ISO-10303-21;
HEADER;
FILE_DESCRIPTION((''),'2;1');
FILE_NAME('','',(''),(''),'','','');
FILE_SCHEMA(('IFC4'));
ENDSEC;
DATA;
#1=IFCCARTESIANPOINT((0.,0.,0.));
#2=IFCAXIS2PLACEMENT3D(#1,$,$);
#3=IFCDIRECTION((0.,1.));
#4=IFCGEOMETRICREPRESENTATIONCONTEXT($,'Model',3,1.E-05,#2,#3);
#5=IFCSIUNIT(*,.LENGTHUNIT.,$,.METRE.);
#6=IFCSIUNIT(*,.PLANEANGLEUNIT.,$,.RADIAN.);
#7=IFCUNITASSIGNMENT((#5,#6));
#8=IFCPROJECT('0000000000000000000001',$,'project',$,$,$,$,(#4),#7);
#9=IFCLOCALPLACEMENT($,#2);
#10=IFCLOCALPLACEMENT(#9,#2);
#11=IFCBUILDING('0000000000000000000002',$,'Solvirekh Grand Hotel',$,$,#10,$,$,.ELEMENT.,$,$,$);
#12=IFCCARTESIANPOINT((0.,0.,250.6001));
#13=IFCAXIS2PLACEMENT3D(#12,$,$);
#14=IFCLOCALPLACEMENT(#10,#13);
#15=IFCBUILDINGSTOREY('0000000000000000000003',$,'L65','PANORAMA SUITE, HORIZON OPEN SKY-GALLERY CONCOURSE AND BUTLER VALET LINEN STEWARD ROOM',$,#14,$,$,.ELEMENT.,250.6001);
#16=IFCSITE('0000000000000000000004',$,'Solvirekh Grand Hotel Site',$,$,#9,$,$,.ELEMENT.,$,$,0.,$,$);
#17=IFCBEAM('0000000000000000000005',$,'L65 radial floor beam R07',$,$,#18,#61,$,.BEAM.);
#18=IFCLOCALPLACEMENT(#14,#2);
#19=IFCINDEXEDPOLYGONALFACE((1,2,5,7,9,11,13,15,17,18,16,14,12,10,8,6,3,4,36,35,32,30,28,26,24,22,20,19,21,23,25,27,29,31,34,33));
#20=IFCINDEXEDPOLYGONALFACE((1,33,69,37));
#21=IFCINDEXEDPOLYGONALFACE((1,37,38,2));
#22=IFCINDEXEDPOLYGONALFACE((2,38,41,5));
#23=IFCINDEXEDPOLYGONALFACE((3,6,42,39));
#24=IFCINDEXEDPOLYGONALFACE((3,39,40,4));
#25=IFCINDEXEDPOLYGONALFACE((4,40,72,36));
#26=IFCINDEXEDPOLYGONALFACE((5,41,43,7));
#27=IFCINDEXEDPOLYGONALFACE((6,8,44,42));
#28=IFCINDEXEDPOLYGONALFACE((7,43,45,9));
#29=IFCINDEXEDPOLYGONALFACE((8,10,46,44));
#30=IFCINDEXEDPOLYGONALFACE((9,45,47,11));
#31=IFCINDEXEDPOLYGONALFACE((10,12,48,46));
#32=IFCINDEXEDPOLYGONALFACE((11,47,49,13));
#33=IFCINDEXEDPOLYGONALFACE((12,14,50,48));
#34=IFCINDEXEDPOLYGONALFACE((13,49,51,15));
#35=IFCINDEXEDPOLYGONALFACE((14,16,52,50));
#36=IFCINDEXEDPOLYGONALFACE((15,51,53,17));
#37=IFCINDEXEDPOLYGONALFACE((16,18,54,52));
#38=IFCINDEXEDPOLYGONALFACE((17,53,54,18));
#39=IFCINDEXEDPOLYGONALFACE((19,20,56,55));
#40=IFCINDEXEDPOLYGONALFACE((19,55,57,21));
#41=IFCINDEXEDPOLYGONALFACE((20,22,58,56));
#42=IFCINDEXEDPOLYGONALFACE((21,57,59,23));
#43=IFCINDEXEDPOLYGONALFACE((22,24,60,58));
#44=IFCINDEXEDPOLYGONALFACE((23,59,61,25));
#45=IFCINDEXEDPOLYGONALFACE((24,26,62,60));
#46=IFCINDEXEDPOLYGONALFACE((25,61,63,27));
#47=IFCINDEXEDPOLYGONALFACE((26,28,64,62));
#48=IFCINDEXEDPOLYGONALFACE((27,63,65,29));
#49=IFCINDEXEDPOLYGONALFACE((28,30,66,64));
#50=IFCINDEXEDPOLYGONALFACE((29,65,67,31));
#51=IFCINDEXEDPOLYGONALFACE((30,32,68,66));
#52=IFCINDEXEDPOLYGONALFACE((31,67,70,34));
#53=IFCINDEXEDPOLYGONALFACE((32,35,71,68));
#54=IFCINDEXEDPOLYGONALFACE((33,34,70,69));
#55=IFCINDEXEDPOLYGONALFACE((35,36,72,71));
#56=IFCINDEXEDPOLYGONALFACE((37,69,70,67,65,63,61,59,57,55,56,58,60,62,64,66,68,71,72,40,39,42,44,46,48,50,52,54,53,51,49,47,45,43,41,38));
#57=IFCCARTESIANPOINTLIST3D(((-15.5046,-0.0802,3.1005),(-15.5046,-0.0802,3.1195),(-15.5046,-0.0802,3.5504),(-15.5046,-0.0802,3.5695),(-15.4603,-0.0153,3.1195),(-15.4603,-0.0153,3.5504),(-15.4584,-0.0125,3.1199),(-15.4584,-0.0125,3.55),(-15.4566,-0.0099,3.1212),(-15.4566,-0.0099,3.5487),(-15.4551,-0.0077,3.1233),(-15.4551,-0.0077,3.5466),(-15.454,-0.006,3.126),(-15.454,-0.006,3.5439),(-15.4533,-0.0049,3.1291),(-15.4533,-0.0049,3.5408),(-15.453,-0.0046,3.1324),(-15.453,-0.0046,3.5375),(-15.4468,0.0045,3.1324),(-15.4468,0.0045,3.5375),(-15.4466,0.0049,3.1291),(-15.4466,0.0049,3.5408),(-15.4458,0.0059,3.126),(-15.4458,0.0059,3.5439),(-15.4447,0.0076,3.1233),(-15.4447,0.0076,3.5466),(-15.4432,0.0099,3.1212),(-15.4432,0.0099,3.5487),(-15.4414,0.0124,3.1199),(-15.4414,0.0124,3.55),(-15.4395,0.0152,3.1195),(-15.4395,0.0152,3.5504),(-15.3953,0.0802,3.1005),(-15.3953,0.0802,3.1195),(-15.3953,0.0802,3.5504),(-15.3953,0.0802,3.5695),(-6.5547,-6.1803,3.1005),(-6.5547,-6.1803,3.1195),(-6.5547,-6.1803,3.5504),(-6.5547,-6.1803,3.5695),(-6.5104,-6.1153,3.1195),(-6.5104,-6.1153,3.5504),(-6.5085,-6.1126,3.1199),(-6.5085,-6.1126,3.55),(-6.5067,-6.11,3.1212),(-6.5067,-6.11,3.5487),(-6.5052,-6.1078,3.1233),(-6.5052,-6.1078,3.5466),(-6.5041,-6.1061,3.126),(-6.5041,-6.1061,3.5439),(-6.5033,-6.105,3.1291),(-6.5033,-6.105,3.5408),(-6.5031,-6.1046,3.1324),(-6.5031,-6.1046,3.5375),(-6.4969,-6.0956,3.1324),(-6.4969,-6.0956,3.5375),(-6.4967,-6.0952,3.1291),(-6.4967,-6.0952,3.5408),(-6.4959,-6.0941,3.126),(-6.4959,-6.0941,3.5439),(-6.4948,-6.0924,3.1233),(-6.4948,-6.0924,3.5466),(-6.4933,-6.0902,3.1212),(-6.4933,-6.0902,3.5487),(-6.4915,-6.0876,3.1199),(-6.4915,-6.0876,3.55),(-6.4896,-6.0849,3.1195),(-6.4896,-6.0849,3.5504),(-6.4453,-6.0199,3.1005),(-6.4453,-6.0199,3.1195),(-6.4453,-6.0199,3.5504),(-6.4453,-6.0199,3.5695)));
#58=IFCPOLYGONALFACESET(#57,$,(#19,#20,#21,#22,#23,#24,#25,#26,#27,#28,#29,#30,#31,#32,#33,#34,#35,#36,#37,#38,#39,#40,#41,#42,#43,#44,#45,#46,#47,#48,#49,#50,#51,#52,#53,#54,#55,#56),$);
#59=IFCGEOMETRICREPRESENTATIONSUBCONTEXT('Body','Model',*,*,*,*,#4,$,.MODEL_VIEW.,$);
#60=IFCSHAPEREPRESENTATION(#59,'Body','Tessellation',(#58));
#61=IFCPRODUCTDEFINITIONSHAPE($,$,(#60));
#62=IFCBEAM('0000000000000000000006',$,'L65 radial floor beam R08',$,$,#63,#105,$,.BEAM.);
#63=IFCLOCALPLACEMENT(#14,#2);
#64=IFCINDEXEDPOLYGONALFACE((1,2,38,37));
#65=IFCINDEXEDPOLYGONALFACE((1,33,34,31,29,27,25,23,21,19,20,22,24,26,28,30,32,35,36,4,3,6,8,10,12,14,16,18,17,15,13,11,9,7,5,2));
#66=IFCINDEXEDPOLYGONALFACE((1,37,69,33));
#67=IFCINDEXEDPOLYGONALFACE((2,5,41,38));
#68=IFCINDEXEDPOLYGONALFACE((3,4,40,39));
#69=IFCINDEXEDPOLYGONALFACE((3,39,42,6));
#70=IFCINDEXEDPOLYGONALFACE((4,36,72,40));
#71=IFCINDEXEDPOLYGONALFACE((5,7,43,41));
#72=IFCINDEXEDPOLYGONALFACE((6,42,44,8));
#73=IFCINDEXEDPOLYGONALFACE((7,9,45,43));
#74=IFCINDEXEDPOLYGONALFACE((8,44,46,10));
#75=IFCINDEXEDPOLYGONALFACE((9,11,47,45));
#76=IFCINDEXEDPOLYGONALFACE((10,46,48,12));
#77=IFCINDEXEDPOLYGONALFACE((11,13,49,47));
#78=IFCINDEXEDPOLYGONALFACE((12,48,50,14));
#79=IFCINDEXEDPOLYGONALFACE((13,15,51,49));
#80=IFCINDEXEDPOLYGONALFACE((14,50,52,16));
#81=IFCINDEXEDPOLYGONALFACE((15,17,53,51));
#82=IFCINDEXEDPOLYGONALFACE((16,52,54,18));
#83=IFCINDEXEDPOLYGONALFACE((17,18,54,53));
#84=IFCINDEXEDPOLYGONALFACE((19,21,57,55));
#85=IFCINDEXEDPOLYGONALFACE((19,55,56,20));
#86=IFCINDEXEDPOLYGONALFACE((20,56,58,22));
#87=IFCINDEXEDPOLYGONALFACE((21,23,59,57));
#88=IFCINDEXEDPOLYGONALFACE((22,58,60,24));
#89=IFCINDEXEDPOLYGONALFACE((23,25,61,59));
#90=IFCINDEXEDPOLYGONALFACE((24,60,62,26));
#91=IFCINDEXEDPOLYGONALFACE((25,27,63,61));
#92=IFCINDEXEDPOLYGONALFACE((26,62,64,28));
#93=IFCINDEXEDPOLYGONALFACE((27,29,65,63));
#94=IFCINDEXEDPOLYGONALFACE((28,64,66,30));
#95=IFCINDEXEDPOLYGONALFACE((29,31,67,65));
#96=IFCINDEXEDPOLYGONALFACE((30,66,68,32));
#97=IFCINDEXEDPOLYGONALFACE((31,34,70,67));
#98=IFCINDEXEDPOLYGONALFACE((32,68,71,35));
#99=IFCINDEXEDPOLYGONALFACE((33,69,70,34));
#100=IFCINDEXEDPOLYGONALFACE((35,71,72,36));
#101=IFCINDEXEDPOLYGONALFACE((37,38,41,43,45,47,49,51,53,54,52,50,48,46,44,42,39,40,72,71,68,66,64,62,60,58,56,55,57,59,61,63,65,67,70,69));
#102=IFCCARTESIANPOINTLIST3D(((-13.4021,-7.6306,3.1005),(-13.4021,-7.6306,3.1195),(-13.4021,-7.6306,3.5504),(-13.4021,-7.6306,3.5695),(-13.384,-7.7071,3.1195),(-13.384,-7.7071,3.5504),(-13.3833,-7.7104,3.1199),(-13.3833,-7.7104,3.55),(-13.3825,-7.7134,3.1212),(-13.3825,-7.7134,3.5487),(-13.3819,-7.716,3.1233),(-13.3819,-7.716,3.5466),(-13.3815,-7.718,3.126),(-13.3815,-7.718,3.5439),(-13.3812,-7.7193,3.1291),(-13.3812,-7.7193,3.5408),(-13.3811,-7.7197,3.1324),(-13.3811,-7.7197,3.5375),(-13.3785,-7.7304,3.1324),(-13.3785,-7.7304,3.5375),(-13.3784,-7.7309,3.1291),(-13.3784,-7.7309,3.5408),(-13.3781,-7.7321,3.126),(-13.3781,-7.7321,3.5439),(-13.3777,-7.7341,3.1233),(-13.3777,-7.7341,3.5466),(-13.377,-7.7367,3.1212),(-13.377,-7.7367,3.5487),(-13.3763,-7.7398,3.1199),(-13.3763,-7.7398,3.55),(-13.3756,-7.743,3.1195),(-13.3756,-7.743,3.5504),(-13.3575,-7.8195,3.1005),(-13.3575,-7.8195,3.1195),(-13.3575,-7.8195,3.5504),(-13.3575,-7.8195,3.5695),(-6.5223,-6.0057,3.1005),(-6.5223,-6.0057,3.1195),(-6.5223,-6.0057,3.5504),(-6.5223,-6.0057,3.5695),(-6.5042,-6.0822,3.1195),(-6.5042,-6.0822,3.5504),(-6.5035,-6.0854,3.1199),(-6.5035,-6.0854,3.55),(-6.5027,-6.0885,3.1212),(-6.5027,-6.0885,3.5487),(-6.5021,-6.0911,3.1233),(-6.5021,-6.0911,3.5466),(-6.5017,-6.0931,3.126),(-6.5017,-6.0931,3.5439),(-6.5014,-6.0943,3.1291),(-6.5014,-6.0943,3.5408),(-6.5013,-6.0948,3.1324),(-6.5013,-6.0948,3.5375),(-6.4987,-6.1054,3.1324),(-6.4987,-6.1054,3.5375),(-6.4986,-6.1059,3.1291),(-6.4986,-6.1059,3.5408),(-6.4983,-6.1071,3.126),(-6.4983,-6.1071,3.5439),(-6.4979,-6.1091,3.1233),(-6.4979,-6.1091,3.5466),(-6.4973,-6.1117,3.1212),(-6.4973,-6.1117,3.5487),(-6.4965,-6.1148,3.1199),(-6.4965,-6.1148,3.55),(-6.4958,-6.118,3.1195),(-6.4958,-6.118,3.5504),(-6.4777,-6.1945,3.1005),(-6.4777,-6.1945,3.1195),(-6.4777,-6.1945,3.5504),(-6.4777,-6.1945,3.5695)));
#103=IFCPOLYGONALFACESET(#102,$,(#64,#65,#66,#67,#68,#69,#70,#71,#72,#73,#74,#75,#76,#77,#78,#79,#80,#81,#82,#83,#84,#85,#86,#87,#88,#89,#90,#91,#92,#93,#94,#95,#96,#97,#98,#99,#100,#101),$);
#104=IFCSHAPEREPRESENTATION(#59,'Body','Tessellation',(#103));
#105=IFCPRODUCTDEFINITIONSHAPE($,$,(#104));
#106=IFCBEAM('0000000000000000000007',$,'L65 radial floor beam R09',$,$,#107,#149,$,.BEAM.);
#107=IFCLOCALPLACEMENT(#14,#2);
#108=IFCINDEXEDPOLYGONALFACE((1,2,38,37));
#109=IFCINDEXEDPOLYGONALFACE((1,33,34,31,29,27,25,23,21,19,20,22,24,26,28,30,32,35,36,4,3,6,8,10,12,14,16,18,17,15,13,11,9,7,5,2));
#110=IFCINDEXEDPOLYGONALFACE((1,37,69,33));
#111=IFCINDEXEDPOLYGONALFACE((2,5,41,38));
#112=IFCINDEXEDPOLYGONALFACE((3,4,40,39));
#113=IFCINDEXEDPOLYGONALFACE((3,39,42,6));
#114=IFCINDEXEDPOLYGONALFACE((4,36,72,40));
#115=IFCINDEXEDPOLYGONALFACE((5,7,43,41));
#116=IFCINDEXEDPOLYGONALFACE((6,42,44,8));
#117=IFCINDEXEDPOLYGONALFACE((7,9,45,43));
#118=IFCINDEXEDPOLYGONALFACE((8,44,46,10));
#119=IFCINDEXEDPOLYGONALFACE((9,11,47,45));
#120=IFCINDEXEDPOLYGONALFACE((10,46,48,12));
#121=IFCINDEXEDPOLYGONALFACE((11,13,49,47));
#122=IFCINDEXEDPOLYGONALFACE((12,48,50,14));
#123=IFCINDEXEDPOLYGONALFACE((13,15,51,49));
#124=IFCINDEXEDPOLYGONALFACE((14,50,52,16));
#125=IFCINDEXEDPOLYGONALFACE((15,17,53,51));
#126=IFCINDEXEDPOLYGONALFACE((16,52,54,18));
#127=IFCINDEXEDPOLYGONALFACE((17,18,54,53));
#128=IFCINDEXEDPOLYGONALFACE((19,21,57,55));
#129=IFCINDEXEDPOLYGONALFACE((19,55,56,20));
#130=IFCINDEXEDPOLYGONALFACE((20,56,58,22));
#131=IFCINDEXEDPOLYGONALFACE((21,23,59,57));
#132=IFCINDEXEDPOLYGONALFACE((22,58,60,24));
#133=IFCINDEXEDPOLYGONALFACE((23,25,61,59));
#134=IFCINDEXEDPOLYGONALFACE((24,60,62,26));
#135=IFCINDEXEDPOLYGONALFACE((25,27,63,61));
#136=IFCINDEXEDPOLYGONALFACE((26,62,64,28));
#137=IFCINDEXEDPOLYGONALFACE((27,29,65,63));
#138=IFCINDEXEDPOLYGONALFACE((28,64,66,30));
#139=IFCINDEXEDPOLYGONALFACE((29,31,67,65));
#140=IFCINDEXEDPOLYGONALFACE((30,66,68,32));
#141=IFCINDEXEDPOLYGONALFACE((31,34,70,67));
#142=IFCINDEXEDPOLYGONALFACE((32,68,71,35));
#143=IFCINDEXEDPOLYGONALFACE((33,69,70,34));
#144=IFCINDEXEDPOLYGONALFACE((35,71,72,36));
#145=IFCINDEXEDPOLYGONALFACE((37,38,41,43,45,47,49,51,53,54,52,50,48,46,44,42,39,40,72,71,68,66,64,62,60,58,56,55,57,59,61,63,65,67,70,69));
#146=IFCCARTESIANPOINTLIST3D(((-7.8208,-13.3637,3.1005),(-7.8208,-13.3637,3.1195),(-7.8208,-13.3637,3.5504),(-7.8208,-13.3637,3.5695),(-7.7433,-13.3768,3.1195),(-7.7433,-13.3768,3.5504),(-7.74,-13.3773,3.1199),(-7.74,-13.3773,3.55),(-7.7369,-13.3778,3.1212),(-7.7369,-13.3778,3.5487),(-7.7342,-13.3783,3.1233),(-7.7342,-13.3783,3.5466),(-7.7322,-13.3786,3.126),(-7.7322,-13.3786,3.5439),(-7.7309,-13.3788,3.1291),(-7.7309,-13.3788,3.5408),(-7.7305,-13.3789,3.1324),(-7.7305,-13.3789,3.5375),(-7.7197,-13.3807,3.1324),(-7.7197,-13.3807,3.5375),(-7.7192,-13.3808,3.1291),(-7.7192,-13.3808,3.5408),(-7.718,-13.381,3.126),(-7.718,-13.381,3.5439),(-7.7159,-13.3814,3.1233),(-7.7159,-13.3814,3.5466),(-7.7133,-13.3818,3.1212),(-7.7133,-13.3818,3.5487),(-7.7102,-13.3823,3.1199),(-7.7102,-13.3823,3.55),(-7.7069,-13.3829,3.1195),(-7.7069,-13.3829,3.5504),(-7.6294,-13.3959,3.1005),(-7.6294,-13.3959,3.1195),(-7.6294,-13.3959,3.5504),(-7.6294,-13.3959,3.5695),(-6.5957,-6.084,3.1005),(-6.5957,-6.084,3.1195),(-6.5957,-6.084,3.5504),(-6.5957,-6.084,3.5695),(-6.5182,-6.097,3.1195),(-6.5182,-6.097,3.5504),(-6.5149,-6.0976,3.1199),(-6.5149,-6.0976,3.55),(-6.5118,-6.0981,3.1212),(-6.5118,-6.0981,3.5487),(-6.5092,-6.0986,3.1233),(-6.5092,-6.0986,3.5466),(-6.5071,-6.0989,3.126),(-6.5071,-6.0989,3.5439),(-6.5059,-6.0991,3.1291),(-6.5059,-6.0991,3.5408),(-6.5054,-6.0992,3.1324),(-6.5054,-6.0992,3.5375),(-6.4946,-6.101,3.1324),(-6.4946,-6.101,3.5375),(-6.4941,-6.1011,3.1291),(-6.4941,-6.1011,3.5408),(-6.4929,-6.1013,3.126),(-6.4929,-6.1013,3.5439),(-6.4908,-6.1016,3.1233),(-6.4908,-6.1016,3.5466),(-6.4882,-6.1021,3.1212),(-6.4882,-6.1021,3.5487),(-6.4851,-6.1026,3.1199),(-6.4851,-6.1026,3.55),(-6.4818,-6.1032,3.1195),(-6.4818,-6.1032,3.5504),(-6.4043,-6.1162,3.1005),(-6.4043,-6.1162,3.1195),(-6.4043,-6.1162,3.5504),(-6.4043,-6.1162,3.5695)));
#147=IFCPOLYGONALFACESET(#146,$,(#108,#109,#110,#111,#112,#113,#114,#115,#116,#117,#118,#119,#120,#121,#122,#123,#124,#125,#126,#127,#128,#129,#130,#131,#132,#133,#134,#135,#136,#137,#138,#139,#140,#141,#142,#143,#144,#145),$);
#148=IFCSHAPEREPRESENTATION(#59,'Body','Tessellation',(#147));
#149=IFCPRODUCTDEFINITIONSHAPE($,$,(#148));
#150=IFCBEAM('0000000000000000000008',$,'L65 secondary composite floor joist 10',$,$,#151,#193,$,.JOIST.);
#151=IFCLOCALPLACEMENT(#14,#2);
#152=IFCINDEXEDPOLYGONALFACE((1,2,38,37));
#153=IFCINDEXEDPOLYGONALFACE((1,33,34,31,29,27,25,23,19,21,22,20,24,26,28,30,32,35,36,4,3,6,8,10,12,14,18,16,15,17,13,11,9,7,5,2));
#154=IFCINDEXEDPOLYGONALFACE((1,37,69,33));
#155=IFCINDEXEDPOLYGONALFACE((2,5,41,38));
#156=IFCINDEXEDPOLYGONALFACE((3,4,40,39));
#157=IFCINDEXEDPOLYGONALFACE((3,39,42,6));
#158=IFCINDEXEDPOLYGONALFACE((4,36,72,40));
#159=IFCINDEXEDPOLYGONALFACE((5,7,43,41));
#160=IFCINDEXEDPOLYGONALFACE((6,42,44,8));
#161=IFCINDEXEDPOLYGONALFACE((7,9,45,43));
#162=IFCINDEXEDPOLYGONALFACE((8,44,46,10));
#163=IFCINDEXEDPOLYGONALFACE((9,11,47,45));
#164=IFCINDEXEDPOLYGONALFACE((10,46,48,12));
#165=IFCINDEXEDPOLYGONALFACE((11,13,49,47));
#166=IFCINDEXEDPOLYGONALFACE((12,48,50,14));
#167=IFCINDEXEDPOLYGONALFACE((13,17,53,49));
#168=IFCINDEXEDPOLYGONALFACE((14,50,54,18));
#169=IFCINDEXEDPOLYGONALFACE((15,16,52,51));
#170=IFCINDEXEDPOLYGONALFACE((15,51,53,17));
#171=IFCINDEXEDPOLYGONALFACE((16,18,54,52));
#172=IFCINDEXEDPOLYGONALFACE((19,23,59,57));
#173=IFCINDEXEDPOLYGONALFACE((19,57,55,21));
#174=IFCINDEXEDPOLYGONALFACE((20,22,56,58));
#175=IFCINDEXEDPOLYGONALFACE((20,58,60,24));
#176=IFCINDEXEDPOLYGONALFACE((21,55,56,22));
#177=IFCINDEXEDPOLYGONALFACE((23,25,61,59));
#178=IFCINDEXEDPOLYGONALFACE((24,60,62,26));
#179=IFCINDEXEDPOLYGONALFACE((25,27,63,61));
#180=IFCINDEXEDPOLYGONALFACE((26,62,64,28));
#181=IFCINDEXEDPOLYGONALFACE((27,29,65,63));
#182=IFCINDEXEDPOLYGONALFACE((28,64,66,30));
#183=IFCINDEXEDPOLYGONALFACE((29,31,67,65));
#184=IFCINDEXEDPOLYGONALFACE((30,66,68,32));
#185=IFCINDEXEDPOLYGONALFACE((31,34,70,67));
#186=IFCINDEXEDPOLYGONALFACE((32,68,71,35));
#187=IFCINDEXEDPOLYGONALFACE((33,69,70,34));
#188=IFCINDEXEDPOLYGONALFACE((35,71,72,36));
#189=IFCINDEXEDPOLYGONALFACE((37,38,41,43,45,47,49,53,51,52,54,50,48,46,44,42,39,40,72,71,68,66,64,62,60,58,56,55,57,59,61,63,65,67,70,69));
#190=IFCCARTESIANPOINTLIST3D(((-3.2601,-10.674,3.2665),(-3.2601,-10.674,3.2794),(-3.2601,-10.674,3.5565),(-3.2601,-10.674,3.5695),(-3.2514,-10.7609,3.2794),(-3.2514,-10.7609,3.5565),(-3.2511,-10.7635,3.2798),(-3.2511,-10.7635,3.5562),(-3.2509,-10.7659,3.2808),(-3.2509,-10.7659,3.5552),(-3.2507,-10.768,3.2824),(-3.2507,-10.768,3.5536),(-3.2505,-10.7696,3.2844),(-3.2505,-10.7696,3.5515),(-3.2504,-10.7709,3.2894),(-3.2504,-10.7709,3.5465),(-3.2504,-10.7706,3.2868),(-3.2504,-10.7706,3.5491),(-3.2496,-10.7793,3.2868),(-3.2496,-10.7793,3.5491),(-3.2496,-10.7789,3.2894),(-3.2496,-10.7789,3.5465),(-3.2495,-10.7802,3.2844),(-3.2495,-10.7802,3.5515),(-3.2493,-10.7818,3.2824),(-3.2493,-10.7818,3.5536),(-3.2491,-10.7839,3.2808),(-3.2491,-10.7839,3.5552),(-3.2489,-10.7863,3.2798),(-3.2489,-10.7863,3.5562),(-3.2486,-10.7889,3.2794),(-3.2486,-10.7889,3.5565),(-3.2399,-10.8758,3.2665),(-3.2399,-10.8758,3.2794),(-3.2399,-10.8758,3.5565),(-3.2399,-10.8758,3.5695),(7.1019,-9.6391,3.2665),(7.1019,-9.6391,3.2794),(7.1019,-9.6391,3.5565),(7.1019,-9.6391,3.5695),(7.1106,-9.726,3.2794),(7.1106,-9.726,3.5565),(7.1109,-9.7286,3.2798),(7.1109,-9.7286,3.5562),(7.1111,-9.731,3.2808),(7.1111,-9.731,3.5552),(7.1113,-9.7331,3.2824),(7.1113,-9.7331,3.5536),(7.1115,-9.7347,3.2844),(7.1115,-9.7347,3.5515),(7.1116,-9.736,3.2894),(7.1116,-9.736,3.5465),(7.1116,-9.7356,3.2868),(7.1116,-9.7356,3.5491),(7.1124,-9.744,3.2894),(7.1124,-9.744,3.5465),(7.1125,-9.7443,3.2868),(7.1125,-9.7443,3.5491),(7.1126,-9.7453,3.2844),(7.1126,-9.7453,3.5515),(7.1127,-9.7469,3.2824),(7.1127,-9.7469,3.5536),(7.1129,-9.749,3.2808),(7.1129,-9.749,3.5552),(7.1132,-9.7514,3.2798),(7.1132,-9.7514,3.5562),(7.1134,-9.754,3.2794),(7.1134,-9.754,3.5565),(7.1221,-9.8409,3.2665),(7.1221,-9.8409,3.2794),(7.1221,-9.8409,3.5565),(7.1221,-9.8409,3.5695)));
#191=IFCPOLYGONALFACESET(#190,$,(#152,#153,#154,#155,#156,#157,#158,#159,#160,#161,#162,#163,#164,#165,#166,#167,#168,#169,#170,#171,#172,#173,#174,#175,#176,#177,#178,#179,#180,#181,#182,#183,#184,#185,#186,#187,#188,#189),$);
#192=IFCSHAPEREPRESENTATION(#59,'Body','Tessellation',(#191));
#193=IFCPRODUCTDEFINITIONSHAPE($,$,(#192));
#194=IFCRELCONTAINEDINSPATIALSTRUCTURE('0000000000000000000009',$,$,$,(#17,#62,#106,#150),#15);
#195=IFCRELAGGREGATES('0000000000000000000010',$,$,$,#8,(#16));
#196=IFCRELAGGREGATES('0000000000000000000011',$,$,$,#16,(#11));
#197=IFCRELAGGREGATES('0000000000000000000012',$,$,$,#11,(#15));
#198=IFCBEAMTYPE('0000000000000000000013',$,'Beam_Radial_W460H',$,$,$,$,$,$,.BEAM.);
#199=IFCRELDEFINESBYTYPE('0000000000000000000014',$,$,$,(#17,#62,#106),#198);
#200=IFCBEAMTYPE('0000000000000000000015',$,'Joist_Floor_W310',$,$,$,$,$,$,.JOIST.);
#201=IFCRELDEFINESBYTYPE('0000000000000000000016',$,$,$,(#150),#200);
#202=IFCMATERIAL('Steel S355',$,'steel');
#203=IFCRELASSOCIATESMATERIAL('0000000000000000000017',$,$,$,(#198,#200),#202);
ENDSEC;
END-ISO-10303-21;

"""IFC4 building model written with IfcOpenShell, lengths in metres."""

from ifc_helpers import new_model, si_unit, direction, frame, origin, origin_2d, place, context, subcontext, project, spatial, i_section, extrude, material, material_profile, profile_set, type_object, element, save


model = new_model("IFC4")

# Units and contexts
model_context = context("Model", 3, precision=1e-05, world=origin(), true_north=direction((0.0, 1.0)))
body_context = subcontext(model_context, "Body", "Model", "MODEL_VIEW")
ifc_project = project(units=[si_unit("LENGTHUNIT", "METRE"), si_unit("PLANEANGLEUNIT", "RADIAN")], contexts=[model_context])

# Site, building, storey
site_placement = place(None, origin())
site = spatial("IfcSite", under=ifc_project, at=site_placement, Name="Solvirekh Grand Hotel Site", CompositionType="ELEMENT", RefElevation=0.0)
building_placement = place(site_placement, origin())
building = spatial("IfcBuilding", under=site, at=building_placement, Name="Solvirekh Grand Hotel", CompositionType="ELEMENT")
storey_placement = place(building_placement, frame((0.0, 0.0, 250.6001)))
storey = spatial("IfcBuildingStorey", under=building, at=storey_placement, Name="L65", Description="PANORAMA SUITE, HORIZON OPEN SKY-GALLERY CONCOURSE AND BUTLER VALET LINEN STEWARD ROOM", CompositionType="ELEMENT", Elevation=250.6001)

# Beams
ifc_material_1 = material(Name="Steel S355", Category="steel")
ifc_material_profile_1 = material_profile(ifc_material_1, i_section(OverallWidth=0.1941, OverallDepth=0.469, WebThickness=0.011, FlangeThickness=0.019, FilletRadius=0.0129, at=origin_2d()), Name="W460X106")
ifc_profile_set_1 = profile_set([ifc_material_profile_1], Name="Steel S355")
beam_type_1 = type_object("IfcBeamType", Name="Beam_Radial_W460H", PredefinedType="BEAM", material=ifc_profile_set_1)
beam_1_placement = place(storey_placement, frame((-6.5, -6.1001, 3.335), z_axis=(-0.826319, 0.563202, 0.0), x_axis=(-0.563202, -0.826319, 0.0)))
element("IfcBeam", 1, at=beam_1_placement, inside=storey, type_object=beam_type_1, Name="L65 radial floor beam R07", PredefinedType="BEAM", context=body_context, shape_type="SweptSolid", body=[
    extrude(i_section(OverallWidth=0.1941, OverallDepth=0.469, WebThickness=0.011, FlangeThickness=0.019, FilletRadius=0.0129, at=origin_2d()), origin(), (0.0, 0.0, 1.0), 10.8311),
])
beam_2_placement = place(storey_placement, frame((-6.5, -6.1001, 3.335), z_axis=(-0.973221, -0.229871, 0.0), x_axis=(0.229871, -0.973221, 0.0)))
element("IfcBeam", 2, at=beam_2_placement, inside=storey, type_object=beam_type_1, Name="L65 radial floor beam R08", PredefinedType="BEAM", context=body_context, shape_type="SweptSolid", body=[
    extrude(i_section(OverallWidth=0.1941, OverallDepth=0.469, WebThickness=0.011, FlangeThickness=0.019, FilletRadius=0.0129, at=origin_2d()), origin(), (0.0, 0.0, 1.0), 7.0691),
])
beam_3_placement = place(storey_placement, frame((-6.5, -6.1001, 3.335), z_axis=(-0.165954, -0.986133, 0.0), x_axis=(0.986133, -0.165954, 0.0)))
element("IfcBeam", 3, at=beam_3_placement, inside=storey, type_object=beam_type_1, Name="L65 radial floor beam R09", PredefinedType="BEAM", context=body_context, shape_type="SweptSolid", body=[
    extrude(i_section(OverallWidth=0.1941, OverallDepth=0.469, WebThickness=0.011, FlangeThickness=0.019, FilletRadius=0.0129, at=origin_2d()), origin(), (0.0, 0.0, 1.0), 7.3821),
])
ifc_material_profile_2 = material_profile(ifc_material_1, i_section(OverallWidth=0.2029, OverallDepth=0.303, WebThickness=0.0081, FlangeThickness=0.0129, FilletRadius=0.01, at=origin_2d()), Name="W310X60")
ifc_profile_set_2 = profile_set([ifc_material_profile_2], Name="Steel S355")
beam_type_2 = type_object("IfcBeamType", Name="Joist_Floor_W310", PredefinedType="JOIST", material=ifc_profile_set_2)
beam_4_placement = place(storey_placement, frame((-3.25, -10.7749, 3.418), z_axis=(0.995049, 0.099381, 0.0), x_axis=(-0.099381, 0.995049, 0.0)))
element("IfcBeam", 4, at=beam_4_placement, inside=storey, type_object=beam_type_2, Name="L65 secondary composite floor joist 10", PredefinedType="JOIST", context=body_context, shape_type="SweptSolid", body=[
    extrude(i_section(OverallWidth=0.2029, OverallDepth=0.303, WebThickness=0.0081, FlangeThickness=0.0129, FilletRadius=0.01, at=origin_2d()), origin(), (0.0, 0.0, 1.0), 10.4136),
])

save(model, "model.ifc")
